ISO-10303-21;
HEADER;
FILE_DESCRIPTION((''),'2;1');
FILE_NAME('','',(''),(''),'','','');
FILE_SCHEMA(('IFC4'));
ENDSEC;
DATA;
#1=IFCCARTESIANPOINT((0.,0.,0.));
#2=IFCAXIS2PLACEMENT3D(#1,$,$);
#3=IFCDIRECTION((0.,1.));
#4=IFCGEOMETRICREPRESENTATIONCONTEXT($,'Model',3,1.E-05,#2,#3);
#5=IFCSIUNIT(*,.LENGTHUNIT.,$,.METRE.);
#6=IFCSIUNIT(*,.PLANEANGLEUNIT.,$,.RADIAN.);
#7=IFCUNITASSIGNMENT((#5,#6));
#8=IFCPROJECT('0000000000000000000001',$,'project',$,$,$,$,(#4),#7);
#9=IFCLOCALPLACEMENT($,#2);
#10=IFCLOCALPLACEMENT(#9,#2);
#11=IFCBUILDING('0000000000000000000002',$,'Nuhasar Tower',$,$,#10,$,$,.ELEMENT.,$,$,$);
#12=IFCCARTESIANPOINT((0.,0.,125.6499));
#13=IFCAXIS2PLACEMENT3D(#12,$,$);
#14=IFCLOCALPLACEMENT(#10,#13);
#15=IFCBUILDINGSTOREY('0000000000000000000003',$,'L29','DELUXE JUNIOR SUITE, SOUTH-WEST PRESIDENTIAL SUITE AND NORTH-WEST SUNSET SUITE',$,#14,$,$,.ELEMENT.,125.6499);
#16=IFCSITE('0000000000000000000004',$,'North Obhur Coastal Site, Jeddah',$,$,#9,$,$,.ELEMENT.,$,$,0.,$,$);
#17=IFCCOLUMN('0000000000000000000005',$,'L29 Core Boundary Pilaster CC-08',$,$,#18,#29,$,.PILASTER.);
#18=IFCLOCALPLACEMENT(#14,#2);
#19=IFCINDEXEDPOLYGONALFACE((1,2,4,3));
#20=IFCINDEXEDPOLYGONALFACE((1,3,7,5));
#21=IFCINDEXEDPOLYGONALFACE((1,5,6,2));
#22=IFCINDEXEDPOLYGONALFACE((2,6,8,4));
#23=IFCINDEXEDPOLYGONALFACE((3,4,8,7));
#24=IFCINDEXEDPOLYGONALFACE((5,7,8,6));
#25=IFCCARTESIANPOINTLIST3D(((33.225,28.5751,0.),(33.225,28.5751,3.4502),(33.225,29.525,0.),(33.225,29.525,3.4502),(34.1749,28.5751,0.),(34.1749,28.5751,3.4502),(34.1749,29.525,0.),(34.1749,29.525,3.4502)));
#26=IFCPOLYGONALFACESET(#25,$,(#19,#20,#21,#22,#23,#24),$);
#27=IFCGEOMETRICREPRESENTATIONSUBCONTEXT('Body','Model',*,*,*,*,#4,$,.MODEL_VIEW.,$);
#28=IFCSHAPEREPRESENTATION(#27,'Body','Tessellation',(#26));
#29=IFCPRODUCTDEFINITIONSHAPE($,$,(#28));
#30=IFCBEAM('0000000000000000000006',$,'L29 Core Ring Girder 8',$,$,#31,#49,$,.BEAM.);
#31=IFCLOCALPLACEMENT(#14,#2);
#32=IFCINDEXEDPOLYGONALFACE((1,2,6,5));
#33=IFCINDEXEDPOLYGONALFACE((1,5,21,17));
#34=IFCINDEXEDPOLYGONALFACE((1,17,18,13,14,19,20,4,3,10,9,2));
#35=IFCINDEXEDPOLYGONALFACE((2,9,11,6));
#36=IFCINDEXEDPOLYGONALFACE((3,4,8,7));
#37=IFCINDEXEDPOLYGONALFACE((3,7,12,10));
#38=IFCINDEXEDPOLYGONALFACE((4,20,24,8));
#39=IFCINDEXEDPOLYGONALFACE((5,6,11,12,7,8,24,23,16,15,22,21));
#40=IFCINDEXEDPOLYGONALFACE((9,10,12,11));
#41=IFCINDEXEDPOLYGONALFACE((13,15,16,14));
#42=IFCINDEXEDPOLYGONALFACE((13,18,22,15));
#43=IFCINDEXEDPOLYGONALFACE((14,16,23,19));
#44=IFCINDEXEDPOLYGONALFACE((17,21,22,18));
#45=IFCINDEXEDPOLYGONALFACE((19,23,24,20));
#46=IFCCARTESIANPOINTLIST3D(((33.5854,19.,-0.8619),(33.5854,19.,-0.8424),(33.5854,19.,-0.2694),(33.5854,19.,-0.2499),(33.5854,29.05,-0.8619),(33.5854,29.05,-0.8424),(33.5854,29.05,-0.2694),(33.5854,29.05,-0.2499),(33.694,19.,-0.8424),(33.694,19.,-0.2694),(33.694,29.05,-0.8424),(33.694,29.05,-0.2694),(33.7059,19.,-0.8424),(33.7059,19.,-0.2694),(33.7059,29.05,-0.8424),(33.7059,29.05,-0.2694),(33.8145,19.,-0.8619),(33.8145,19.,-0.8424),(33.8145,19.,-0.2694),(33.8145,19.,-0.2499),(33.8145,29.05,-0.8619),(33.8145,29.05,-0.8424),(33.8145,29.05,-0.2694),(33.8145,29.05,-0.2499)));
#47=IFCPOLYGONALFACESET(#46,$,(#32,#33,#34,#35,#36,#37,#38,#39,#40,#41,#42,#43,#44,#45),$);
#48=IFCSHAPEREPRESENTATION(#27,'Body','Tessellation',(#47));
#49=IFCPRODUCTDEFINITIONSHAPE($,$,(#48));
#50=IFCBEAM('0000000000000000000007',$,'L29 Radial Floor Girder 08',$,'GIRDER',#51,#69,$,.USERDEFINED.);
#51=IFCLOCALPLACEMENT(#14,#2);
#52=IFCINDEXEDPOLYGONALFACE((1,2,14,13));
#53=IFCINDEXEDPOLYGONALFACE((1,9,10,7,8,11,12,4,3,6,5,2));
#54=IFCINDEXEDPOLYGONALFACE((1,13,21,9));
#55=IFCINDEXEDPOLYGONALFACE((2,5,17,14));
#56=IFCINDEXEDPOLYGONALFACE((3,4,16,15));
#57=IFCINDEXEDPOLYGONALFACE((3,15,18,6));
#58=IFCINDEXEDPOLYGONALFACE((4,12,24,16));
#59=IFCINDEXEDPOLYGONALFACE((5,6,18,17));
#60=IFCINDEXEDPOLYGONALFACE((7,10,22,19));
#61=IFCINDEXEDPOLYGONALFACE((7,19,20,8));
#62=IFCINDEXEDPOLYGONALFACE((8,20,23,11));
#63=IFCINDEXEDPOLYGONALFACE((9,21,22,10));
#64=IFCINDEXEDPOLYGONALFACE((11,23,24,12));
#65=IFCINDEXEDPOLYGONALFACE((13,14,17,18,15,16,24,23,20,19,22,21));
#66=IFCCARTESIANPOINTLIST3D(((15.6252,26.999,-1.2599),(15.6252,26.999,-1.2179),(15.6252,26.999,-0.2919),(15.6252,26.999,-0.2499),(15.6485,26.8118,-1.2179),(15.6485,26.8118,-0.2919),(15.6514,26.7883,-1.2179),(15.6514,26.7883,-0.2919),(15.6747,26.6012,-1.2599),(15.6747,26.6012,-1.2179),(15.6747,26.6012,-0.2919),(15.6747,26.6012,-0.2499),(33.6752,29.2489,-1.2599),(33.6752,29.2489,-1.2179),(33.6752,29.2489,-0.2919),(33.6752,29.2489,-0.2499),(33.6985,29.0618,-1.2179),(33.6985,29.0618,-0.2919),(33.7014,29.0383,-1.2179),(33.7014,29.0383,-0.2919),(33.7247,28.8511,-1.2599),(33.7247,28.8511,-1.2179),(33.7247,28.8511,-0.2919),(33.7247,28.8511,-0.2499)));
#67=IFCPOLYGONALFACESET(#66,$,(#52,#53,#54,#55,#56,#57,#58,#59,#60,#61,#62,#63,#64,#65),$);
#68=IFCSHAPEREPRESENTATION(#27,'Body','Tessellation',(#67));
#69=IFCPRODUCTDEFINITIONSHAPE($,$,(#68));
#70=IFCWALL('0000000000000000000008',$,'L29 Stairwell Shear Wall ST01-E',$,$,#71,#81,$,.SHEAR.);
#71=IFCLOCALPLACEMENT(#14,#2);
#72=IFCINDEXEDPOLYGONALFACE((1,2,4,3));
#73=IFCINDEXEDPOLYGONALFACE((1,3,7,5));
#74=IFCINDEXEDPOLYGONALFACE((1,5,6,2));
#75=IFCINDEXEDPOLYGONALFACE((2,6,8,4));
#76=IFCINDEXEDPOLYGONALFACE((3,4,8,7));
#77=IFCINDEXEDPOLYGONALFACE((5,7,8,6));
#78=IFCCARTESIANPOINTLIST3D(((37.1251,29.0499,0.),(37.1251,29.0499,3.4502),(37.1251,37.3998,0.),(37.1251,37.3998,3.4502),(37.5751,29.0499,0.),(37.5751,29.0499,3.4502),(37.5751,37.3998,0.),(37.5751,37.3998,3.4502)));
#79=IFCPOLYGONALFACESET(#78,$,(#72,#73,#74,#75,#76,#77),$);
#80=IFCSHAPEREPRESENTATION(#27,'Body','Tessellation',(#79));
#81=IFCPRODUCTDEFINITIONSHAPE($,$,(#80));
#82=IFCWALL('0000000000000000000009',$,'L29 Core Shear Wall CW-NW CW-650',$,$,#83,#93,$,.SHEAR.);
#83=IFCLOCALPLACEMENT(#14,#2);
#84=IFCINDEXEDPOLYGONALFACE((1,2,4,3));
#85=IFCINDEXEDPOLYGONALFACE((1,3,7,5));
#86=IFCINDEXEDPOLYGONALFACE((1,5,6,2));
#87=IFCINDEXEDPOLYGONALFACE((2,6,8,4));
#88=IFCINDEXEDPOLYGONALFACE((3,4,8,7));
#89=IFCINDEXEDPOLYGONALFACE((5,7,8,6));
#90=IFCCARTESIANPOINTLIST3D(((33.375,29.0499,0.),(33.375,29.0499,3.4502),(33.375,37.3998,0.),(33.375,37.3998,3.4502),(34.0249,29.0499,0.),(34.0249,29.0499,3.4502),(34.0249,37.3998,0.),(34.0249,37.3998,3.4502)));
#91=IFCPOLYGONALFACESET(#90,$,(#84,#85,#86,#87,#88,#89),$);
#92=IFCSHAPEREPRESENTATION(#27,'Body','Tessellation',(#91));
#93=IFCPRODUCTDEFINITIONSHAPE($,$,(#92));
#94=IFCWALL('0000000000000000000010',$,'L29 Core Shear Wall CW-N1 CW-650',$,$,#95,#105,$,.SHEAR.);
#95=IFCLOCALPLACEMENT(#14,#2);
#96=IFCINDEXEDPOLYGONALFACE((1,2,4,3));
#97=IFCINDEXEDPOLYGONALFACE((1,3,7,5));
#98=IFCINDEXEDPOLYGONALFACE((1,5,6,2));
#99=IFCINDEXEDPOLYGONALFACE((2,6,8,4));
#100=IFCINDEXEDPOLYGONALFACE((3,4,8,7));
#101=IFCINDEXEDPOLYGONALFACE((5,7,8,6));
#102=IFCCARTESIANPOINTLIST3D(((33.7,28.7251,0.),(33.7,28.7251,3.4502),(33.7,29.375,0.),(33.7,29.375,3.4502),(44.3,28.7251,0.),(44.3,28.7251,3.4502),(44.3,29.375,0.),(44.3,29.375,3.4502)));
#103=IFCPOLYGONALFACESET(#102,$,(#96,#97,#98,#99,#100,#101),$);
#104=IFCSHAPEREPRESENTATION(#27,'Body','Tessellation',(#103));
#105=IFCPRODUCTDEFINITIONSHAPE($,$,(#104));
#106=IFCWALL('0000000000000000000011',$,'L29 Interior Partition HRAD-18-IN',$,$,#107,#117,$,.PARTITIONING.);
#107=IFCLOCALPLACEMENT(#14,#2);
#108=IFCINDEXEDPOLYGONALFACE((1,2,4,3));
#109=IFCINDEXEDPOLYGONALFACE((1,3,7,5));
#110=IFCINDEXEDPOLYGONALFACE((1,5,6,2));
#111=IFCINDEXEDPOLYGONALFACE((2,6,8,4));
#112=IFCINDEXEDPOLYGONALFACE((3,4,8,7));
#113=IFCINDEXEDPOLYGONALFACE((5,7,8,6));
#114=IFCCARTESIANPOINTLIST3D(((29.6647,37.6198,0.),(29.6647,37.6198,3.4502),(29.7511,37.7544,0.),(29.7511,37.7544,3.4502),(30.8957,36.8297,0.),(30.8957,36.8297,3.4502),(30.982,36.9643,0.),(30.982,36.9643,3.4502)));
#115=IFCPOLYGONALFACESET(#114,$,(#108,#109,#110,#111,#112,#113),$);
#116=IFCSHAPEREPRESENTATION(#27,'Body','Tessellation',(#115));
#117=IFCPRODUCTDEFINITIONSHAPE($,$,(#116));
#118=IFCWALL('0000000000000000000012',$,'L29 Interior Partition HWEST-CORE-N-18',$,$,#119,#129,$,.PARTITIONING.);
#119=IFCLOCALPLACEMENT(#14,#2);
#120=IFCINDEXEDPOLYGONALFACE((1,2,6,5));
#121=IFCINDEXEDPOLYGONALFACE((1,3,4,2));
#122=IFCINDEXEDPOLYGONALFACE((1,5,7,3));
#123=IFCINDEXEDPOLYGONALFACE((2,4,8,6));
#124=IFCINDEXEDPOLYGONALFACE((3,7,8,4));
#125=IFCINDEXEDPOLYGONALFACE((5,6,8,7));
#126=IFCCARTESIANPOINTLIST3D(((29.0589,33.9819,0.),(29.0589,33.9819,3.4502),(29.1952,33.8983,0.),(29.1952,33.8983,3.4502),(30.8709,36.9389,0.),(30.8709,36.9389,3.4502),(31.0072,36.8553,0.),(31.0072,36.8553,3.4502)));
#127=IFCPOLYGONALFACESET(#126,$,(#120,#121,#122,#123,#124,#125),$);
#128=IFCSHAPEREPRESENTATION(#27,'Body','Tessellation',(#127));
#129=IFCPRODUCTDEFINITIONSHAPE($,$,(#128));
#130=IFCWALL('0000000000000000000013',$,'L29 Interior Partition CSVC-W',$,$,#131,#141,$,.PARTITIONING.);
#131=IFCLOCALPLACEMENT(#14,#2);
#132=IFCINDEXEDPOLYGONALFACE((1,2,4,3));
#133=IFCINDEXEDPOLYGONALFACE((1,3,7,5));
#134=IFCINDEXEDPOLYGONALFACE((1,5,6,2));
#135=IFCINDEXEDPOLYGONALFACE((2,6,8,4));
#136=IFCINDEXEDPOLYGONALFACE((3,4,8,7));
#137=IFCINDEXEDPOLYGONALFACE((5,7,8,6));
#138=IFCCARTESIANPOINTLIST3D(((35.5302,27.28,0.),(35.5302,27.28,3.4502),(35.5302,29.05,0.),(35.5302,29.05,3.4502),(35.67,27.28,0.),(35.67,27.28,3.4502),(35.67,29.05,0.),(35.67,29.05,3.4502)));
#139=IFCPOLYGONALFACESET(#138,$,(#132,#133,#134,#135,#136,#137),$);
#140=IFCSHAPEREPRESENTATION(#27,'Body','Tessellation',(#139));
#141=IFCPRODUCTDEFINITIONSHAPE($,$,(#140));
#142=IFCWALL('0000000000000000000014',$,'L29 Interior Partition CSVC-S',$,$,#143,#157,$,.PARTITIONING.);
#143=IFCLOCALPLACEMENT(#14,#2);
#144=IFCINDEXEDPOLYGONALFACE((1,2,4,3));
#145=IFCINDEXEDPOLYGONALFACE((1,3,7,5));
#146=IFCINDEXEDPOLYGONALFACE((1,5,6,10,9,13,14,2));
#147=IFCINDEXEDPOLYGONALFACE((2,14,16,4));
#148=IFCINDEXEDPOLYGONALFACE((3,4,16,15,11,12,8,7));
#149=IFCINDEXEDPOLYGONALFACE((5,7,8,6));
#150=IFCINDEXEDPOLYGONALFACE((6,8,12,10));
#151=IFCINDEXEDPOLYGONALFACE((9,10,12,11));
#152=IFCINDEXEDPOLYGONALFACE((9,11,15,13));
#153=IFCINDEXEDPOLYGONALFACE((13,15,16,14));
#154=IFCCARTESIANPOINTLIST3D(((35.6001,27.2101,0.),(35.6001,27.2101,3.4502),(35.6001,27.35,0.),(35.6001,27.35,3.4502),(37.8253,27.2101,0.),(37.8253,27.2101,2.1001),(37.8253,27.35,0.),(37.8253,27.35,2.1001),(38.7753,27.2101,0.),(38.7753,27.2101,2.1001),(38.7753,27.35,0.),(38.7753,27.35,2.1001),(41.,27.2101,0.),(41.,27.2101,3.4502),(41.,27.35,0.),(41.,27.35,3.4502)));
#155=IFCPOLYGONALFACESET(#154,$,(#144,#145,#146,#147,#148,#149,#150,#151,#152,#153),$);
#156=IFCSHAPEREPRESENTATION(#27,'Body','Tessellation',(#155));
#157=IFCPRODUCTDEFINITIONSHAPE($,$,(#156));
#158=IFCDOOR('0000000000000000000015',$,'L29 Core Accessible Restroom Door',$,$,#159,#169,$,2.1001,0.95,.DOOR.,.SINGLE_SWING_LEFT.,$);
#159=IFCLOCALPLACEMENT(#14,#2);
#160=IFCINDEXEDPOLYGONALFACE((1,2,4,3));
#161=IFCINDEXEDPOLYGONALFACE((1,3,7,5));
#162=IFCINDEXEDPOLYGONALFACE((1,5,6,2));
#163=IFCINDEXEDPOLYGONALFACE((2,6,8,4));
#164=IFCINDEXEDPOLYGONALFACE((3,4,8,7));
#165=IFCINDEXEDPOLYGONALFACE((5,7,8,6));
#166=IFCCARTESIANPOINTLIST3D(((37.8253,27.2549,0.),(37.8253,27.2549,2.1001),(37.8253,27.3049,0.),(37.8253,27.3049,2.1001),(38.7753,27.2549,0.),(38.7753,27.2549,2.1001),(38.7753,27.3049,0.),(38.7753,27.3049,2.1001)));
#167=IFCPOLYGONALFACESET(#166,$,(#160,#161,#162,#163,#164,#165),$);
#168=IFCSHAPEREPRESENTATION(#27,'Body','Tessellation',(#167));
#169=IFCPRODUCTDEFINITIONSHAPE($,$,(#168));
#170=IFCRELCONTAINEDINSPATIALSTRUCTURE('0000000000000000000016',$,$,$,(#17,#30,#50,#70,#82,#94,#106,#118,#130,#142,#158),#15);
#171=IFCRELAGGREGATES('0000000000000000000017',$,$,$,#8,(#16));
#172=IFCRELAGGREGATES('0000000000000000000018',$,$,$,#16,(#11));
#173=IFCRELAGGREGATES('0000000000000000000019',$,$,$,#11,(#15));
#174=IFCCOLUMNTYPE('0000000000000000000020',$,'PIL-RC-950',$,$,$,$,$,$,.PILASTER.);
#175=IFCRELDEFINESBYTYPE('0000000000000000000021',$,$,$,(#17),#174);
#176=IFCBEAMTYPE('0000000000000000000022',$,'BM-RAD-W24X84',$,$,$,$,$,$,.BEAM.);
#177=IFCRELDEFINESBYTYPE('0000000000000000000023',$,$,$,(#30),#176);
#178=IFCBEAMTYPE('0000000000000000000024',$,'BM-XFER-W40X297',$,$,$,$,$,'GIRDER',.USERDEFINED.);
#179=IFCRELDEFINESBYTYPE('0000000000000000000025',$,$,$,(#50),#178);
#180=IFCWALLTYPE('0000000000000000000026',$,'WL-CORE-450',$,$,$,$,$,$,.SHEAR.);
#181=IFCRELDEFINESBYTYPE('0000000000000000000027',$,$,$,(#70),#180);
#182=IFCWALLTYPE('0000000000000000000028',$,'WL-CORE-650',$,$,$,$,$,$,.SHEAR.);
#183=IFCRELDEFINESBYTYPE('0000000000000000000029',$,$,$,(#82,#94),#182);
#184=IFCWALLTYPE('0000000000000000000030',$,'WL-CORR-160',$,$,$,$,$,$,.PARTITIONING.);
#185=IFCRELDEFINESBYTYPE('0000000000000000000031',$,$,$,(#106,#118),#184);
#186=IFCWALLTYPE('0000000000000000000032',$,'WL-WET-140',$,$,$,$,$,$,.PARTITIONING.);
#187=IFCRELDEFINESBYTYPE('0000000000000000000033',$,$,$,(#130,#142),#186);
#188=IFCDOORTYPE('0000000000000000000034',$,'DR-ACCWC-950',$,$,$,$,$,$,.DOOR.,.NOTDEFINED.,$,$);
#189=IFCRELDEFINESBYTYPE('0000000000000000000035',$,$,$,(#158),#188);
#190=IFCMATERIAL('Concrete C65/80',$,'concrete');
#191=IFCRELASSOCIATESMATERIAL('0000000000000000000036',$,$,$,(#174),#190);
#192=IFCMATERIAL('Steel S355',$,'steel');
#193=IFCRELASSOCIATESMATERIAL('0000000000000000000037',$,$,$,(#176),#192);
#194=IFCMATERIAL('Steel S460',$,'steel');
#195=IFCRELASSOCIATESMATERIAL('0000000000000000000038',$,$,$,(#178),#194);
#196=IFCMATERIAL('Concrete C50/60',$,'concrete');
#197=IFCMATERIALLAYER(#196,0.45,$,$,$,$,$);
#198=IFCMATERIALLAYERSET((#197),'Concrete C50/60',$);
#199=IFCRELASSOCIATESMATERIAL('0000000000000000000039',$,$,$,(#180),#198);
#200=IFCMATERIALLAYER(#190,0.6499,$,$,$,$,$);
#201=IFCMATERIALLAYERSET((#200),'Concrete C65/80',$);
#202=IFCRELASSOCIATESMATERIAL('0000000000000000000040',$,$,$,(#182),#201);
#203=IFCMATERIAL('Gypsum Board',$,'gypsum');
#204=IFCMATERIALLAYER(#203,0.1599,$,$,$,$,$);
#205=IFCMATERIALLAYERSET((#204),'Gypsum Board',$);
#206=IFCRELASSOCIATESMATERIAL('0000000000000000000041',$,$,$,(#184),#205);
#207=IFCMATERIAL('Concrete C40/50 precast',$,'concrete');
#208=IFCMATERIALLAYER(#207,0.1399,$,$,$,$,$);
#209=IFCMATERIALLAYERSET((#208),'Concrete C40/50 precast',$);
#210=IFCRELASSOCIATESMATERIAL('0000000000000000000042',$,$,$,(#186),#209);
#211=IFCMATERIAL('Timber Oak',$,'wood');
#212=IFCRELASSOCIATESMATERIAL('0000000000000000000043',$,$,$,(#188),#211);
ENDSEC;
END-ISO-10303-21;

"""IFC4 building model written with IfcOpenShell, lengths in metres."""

from ifc_helpers import new_model, si_unit, direction, frame, frame_2d, origin, origin_2d, place, context, subcontext, project, spatial, rectangle, i_section, extrude, material, layer, layer_set, material_profile, profile_set, type_object, element, fill, save


model = new_model("IFC4")

# Units and contexts
model_context = context("Model", 3, precision=1e-05, world=origin(), true_north=direction((0.0, 1.0)))
body_context = subcontext(model_context, "Body", "Model", "MODEL_VIEW")
ifc_project = project(units=[si_unit("LENGTHUNIT", "METRE"), si_unit("PLANEANGLEUNIT", "RADIAN")], contexts=[model_context])

# Site, building, storey
site_placement = place(None, origin())
site = spatial("IfcSite", under=ifc_project, at=site_placement, Name="North Obhur Coastal Site, Jeddah", CompositionType="ELEMENT", RefElevation=0.0)
building_placement = place(site_placement, origin())
building = spatial("IfcBuilding", under=site, at=building_placement, Name="Nuhasar Tower", CompositionType="ELEMENT")
storey_placement = place(building_placement, frame((0.0, 0.0, 125.6499)))
storey = spatial("IfcBuildingStorey", under=building, at=storey_placement, Name="L29", Description="DELUXE JUNIOR SUITE, SOUTH-WEST PRESIDENTIAL SUITE AND NORTH-WEST SUNSET SUITE", CompositionType="ELEMENT", Elevation=125.6499)

# Column
ifc_material_1 = material(Name="Concrete C65/80", Category="concrete")
ifc_material_profile_1 = material_profile(ifc_material_1, rectangle(XDim=0.95, YDim=0.95, at=origin_2d()), Name="RC950X950")
ifc_profile_set_1 = profile_set([ifc_material_profile_1], Name="Concrete C65/80")
column_type = type_object("IfcColumnType", Name="PIL-RC-950", PredefinedType="PILASTER", material=ifc_profile_set_1)
column_placement = place(storey_placement, frame((33.7, 29.05, 0.0), z_axis=(0.0, 0.0, 1.0), x_axis=(1.0, 0.0, 0.0)))
element("IfcColumn", 1, at=column_placement, inside=storey, type_object=column_type, Name="L29 Core Boundary Pilaster CC-08", PredefinedType="PILASTER", context=body_context, shape_type="SweptSolid", body=[
    extrude(rectangle(XDim=0.95, YDim=0.95, at=origin_2d()), origin(), (0.0, 0.0, 1.0), 3.4502),
])

# Beams
ifc_material_2 = material(Name="Steel S355", Category="steel")
ifc_material_profile_2 = material_profile(ifc_material_2, i_section(OverallWidth=0.229, OverallDepth=0.6121, WebThickness=0.012, FlangeThickness=0.0195, at=origin_2d()), Name="W24X84")
ifc_profile_set_2 = profile_set([ifc_material_profile_2], Name="Steel S355")
beam_type_1 = type_object("IfcBeamType", Name="BM-RAD-W24X84", PredefinedType="BEAM", material=ifc_profile_set_2)
beam_1_placement = place(storey_placement, frame((33.7, 29.05, -0.5559), z_axis=(0.0, -1.0, 0.0), x_axis=(1.0, 0.0, 0.0)))
element("IfcBeam", 2, at=beam_1_placement, inside=storey, type_object=beam_type_1, Name="L29 Core Ring Girder 8", PredefinedType="BEAM", context=body_context, shape_type="SweptSolid", body=[
    extrude(i_section(OverallWidth=0.229, OverallDepth=0.6121, WebThickness=0.012, FlangeThickness=0.0195, at=origin_2d()), origin(), (0.0, 0.0, 1.0), 10.05),
])
ifc_material_3 = material(Name="Steel S460", Category="steel")
ifc_material_profile_3 = material_profile(ifc_material_3, i_section(OverallWidth=0.4009, OverallDepth=1.01, WebThickness=0.0237, FlangeThickness=0.042, at=origin_2d()), Name="W40X297")
ifc_profile_set_3 = profile_set([ifc_material_profile_3], Name="Steel S460")
beam_type_2 = type_object("IfcBeamType", Name="BM-XFER-W40X297", ElementType="GIRDER", PredefinedType="USERDEFINED", material=ifc_profile_set_3)
beam_2_placement = place(storey_placement, frame((33.7, 29.05, -0.7549), z_axis=(-0.99232, -0.123696, 0.0), x_axis=(0.123696, -0.99232, 0.0)))
element("IfcBeam", 3, at=beam_2_placement, inside=storey, type_object=beam_type_2, Name="L29 Radial Floor Girder 08", ObjectType="GIRDER", PredefinedType="USERDEFINED", context=body_context, shape_type="SweptSolid", body=[
    extrude(i_section(OverallWidth=0.4009, OverallDepth=1.01, WebThickness=0.0237, FlangeThickness=0.042, at=origin_2d()), origin(), (0.0, 0.0, 1.0), 18.1897),
])

# Walls
ifc_material_4 = material(Name="Concrete C50/60", Category="concrete")
ifc_layer_1 = layer(ifc_material_4, 0.45)
ifc_layer_set_1 = layer_set([ifc_layer_1], Name="Concrete C50/60")
wall_type_1 = type_object("IfcWallType", Name="WL-CORE-450", PredefinedType="SHEAR", material=ifc_layer_set_1)
wall_1_placement = place(storey_placement, frame((37.3501, 29.05, 0.0), z_axis=(0.0, 0.0, 1.0), x_axis=(0.0, 1.0, 0.0)))
element("IfcWall", 4, at=wall_1_placement, inside=storey, type_object=wall_type_1, Name="L29 Stairwell Shear Wall ST01-E", PredefinedType="SHEAR", context=body_context, shape_type="SweptSolid", body=[
    extrude(rectangle(XDim=8.3499, YDim=0.45, at=frame_2d((4.1748, 0.0))), origin(), (0.0, 0.0, 1.0), 3.4502),
])
ifc_layer_2 = layer(ifc_material_1, 0.6499)
ifc_layer_set_2 = layer_set([ifc_layer_2], Name="Concrete C65/80")
wall_type_2 = type_object("IfcWallType", Name="WL-CORE-650", PredefinedType="SHEAR", material=ifc_layer_set_2)
wall_2_placement = place(storey_placement, frame((33.7, 29.05, 0.0), z_axis=(0.0, 0.0, 1.0), x_axis=(0.0, 1.0, 0.0)))
element("IfcWall", 5, at=wall_2_placement, inside=storey, type_object=wall_type_2, Name="L29 Core Shear Wall CW-NW CW-650", PredefinedType="SHEAR", context=body_context, shape_type="SweptSolid", body=[
    extrude(rectangle(XDim=8.3499, YDim=0.6499, at=frame_2d((4.1748, 0.0))), origin(), (0.0, 0.0, 1.0), 3.4502),
])
wall_3_placement = place(storey_placement, frame((33.7, 29.05, 0.0), z_axis=(0.0, 0.0, 1.0), x_axis=(1.0, 0.0, 0.0)))
element("IfcWall", 6, at=wall_3_placement, inside=storey, type_object=wall_type_2, Name="L29 Core Shear Wall CW-N1 CW-650", PredefinedType="SHEAR", context=body_context, shape_type="SweptSolid", body=[
    extrude(rectangle(XDim=10.6001, YDim=0.6499, at=frame_2d((5.3, 0.0))), origin(), (0.0, 0.0, 1.0), 3.4502),
])
ifc_material_5 = material(Name="Gypsum Board", Category="gypsum")
ifc_layer_3 = layer(ifc_material_5, 0.1599)
ifc_layer_set_3 = layer_set([ifc_layer_3], Name="Gypsum Board")
wall_type_3 = type_object("IfcWallType", Name="WL-CORR-160", PredefinedType="PARTITIONING", material=ifc_layer_set_3)
wall_4_placement = place(storey_placement, frame((30.939, 36.897, 0.0), z_axis=(0.0, 0.0, 1.0), x_axis=(-0.84158, 0.540133, 0.0)))
element("IfcWall", 7, at=wall_4_placement, inside=storey, type_object=wall_type_3, Name="L29 Interior Partition HRAD-18-IN", PredefinedType="PARTITIONING", context=body_context, shape_type="SweptSolid", body=[
    extrude(rectangle(XDim=1.4626, YDim=0.1599, at=frame_2d((0.7314, 0.0))), origin(), (0.0, 0.0, 1.0), 3.4502),
])
wall_5_placement = place(storey_placement, frame((30.939, 36.897, 0.0), z_axis=(0.0, 0.0, 1.0), x_axis=(-0.522486, -0.852648, 0.0)))
element("IfcWall", 8, at=wall_5_placement, inside=storey, type_object=wall_type_3, Name="L29 Interior Partition HWEST-CORE-N-18", PredefinedType="PARTITIONING", context=body_context, shape_type="SweptSolid", body=[
    extrude(rectangle(XDim=3.468, YDim=0.1599, at=frame_2d((1.7339, 0.0))), origin(), (0.0, 0.0, 1.0), 3.4502),
])
ifc_material_6 = material(Name="Concrete C40/50 precast", Category="concrete")
ifc_layer_4 = layer(ifc_material_6, 0.1399)
ifc_layer_set_4 = layer_set([ifc_layer_4], Name="Concrete C40/50 precast")
wall_type_4 = type_object("IfcWallType", Name="WL-WET-140", PredefinedType="PARTITIONING", material=ifc_layer_set_4)
wall_6_placement = place(storey_placement, frame((35.6001, 27.28, 0.0), z_axis=(0.0, 0.0, 1.0), x_axis=(0.0, 1.0, 0.0)))
element("IfcWall", 9, at=wall_6_placement, inside=storey, type_object=wall_type_4, Name="L29 Interior Partition CSVC-W", PredefinedType="PARTITIONING", context=body_context, shape_type="SweptSolid", body=[
    extrude(rectangle(XDim=1.77, YDim=0.1399, at=frame_2d((0.885, 0.0))), origin(), (0.0, 0.0, 1.0), 3.4502),
])

# Wall, opening, door
wall_7_placement = place(storey_placement, frame((35.6001, 27.28, 0.0), z_axis=(0.0, 0.0, 1.0), x_axis=(1.0, 0.0, 0.0)))
wall_7 = element("IfcWall", 10, at=wall_7_placement, inside=storey, type_object=wall_type_4, Name="L29 Interior Partition CSVC-S", PredefinedType="PARTITIONING", context=body_context, shape_type="SweptSolid", body=[
    extrude(rectangle(XDim=5.3999, YDim=0.1399, at=frame_2d((2.7, 0.0))), origin(), (0.0, 0.0, 1.0), 3.4502),
])
opening_1_placement = place(wall_7_placement, frame((2.2251, 0.0, 0.0)))
opening_1 = element("IfcOpeningElement", 11, at=opening_1_placement, cuts=wall_7, PredefinedType="OPENING", context=body_context, shape_type="SweptSolid", body=[
    extrude(rectangle(XDim=0.95, YDim=2.1001, at=frame_2d((0.4751, 1.05))), frame((0.0, 0.0801, 0.0), z_axis=(0.0, -1.0, 0.0), x_axis=(1.0, 0.0, 0.0)), (0.0, 0.0, 1.0), 0.1599),
])
ifc_material_7 = material(Name="Timber Oak", Category="wood")
door_type_1 = type_object("IfcDoorType", Name="DR-ACCWC-950", OperationType="NOTDEFINED", PredefinedType="DOOR", material=ifc_material_7)
door_1_placement = place(opening_1_placement, origin())
door_1 = element("IfcDoor", 12, at=door_1_placement, inside=storey, type_object=door_type_1, Name="L29 Core Accessible Restroom Door", OperationType="SINGLE_SWING_LEFT", OverallHeight=2.1001, OverallWidth=0.95, PredefinedType="DOOR", context=body_context, shape_type="SweptSolid", body=[
    extrude(rectangle(XDim=0.95, YDim=2.1001, at=frame_2d((0.4751, 1.05))), frame((0.0, 0.0249, 0.0), z_axis=(0.0, -1.0, 0.0), x_axis=(1.0, 0.0, 0.0)), (0.0, 0.0, 1.0), 0.05),
])
fill(opening_1, door_1)

save(model, "model.ifc")
